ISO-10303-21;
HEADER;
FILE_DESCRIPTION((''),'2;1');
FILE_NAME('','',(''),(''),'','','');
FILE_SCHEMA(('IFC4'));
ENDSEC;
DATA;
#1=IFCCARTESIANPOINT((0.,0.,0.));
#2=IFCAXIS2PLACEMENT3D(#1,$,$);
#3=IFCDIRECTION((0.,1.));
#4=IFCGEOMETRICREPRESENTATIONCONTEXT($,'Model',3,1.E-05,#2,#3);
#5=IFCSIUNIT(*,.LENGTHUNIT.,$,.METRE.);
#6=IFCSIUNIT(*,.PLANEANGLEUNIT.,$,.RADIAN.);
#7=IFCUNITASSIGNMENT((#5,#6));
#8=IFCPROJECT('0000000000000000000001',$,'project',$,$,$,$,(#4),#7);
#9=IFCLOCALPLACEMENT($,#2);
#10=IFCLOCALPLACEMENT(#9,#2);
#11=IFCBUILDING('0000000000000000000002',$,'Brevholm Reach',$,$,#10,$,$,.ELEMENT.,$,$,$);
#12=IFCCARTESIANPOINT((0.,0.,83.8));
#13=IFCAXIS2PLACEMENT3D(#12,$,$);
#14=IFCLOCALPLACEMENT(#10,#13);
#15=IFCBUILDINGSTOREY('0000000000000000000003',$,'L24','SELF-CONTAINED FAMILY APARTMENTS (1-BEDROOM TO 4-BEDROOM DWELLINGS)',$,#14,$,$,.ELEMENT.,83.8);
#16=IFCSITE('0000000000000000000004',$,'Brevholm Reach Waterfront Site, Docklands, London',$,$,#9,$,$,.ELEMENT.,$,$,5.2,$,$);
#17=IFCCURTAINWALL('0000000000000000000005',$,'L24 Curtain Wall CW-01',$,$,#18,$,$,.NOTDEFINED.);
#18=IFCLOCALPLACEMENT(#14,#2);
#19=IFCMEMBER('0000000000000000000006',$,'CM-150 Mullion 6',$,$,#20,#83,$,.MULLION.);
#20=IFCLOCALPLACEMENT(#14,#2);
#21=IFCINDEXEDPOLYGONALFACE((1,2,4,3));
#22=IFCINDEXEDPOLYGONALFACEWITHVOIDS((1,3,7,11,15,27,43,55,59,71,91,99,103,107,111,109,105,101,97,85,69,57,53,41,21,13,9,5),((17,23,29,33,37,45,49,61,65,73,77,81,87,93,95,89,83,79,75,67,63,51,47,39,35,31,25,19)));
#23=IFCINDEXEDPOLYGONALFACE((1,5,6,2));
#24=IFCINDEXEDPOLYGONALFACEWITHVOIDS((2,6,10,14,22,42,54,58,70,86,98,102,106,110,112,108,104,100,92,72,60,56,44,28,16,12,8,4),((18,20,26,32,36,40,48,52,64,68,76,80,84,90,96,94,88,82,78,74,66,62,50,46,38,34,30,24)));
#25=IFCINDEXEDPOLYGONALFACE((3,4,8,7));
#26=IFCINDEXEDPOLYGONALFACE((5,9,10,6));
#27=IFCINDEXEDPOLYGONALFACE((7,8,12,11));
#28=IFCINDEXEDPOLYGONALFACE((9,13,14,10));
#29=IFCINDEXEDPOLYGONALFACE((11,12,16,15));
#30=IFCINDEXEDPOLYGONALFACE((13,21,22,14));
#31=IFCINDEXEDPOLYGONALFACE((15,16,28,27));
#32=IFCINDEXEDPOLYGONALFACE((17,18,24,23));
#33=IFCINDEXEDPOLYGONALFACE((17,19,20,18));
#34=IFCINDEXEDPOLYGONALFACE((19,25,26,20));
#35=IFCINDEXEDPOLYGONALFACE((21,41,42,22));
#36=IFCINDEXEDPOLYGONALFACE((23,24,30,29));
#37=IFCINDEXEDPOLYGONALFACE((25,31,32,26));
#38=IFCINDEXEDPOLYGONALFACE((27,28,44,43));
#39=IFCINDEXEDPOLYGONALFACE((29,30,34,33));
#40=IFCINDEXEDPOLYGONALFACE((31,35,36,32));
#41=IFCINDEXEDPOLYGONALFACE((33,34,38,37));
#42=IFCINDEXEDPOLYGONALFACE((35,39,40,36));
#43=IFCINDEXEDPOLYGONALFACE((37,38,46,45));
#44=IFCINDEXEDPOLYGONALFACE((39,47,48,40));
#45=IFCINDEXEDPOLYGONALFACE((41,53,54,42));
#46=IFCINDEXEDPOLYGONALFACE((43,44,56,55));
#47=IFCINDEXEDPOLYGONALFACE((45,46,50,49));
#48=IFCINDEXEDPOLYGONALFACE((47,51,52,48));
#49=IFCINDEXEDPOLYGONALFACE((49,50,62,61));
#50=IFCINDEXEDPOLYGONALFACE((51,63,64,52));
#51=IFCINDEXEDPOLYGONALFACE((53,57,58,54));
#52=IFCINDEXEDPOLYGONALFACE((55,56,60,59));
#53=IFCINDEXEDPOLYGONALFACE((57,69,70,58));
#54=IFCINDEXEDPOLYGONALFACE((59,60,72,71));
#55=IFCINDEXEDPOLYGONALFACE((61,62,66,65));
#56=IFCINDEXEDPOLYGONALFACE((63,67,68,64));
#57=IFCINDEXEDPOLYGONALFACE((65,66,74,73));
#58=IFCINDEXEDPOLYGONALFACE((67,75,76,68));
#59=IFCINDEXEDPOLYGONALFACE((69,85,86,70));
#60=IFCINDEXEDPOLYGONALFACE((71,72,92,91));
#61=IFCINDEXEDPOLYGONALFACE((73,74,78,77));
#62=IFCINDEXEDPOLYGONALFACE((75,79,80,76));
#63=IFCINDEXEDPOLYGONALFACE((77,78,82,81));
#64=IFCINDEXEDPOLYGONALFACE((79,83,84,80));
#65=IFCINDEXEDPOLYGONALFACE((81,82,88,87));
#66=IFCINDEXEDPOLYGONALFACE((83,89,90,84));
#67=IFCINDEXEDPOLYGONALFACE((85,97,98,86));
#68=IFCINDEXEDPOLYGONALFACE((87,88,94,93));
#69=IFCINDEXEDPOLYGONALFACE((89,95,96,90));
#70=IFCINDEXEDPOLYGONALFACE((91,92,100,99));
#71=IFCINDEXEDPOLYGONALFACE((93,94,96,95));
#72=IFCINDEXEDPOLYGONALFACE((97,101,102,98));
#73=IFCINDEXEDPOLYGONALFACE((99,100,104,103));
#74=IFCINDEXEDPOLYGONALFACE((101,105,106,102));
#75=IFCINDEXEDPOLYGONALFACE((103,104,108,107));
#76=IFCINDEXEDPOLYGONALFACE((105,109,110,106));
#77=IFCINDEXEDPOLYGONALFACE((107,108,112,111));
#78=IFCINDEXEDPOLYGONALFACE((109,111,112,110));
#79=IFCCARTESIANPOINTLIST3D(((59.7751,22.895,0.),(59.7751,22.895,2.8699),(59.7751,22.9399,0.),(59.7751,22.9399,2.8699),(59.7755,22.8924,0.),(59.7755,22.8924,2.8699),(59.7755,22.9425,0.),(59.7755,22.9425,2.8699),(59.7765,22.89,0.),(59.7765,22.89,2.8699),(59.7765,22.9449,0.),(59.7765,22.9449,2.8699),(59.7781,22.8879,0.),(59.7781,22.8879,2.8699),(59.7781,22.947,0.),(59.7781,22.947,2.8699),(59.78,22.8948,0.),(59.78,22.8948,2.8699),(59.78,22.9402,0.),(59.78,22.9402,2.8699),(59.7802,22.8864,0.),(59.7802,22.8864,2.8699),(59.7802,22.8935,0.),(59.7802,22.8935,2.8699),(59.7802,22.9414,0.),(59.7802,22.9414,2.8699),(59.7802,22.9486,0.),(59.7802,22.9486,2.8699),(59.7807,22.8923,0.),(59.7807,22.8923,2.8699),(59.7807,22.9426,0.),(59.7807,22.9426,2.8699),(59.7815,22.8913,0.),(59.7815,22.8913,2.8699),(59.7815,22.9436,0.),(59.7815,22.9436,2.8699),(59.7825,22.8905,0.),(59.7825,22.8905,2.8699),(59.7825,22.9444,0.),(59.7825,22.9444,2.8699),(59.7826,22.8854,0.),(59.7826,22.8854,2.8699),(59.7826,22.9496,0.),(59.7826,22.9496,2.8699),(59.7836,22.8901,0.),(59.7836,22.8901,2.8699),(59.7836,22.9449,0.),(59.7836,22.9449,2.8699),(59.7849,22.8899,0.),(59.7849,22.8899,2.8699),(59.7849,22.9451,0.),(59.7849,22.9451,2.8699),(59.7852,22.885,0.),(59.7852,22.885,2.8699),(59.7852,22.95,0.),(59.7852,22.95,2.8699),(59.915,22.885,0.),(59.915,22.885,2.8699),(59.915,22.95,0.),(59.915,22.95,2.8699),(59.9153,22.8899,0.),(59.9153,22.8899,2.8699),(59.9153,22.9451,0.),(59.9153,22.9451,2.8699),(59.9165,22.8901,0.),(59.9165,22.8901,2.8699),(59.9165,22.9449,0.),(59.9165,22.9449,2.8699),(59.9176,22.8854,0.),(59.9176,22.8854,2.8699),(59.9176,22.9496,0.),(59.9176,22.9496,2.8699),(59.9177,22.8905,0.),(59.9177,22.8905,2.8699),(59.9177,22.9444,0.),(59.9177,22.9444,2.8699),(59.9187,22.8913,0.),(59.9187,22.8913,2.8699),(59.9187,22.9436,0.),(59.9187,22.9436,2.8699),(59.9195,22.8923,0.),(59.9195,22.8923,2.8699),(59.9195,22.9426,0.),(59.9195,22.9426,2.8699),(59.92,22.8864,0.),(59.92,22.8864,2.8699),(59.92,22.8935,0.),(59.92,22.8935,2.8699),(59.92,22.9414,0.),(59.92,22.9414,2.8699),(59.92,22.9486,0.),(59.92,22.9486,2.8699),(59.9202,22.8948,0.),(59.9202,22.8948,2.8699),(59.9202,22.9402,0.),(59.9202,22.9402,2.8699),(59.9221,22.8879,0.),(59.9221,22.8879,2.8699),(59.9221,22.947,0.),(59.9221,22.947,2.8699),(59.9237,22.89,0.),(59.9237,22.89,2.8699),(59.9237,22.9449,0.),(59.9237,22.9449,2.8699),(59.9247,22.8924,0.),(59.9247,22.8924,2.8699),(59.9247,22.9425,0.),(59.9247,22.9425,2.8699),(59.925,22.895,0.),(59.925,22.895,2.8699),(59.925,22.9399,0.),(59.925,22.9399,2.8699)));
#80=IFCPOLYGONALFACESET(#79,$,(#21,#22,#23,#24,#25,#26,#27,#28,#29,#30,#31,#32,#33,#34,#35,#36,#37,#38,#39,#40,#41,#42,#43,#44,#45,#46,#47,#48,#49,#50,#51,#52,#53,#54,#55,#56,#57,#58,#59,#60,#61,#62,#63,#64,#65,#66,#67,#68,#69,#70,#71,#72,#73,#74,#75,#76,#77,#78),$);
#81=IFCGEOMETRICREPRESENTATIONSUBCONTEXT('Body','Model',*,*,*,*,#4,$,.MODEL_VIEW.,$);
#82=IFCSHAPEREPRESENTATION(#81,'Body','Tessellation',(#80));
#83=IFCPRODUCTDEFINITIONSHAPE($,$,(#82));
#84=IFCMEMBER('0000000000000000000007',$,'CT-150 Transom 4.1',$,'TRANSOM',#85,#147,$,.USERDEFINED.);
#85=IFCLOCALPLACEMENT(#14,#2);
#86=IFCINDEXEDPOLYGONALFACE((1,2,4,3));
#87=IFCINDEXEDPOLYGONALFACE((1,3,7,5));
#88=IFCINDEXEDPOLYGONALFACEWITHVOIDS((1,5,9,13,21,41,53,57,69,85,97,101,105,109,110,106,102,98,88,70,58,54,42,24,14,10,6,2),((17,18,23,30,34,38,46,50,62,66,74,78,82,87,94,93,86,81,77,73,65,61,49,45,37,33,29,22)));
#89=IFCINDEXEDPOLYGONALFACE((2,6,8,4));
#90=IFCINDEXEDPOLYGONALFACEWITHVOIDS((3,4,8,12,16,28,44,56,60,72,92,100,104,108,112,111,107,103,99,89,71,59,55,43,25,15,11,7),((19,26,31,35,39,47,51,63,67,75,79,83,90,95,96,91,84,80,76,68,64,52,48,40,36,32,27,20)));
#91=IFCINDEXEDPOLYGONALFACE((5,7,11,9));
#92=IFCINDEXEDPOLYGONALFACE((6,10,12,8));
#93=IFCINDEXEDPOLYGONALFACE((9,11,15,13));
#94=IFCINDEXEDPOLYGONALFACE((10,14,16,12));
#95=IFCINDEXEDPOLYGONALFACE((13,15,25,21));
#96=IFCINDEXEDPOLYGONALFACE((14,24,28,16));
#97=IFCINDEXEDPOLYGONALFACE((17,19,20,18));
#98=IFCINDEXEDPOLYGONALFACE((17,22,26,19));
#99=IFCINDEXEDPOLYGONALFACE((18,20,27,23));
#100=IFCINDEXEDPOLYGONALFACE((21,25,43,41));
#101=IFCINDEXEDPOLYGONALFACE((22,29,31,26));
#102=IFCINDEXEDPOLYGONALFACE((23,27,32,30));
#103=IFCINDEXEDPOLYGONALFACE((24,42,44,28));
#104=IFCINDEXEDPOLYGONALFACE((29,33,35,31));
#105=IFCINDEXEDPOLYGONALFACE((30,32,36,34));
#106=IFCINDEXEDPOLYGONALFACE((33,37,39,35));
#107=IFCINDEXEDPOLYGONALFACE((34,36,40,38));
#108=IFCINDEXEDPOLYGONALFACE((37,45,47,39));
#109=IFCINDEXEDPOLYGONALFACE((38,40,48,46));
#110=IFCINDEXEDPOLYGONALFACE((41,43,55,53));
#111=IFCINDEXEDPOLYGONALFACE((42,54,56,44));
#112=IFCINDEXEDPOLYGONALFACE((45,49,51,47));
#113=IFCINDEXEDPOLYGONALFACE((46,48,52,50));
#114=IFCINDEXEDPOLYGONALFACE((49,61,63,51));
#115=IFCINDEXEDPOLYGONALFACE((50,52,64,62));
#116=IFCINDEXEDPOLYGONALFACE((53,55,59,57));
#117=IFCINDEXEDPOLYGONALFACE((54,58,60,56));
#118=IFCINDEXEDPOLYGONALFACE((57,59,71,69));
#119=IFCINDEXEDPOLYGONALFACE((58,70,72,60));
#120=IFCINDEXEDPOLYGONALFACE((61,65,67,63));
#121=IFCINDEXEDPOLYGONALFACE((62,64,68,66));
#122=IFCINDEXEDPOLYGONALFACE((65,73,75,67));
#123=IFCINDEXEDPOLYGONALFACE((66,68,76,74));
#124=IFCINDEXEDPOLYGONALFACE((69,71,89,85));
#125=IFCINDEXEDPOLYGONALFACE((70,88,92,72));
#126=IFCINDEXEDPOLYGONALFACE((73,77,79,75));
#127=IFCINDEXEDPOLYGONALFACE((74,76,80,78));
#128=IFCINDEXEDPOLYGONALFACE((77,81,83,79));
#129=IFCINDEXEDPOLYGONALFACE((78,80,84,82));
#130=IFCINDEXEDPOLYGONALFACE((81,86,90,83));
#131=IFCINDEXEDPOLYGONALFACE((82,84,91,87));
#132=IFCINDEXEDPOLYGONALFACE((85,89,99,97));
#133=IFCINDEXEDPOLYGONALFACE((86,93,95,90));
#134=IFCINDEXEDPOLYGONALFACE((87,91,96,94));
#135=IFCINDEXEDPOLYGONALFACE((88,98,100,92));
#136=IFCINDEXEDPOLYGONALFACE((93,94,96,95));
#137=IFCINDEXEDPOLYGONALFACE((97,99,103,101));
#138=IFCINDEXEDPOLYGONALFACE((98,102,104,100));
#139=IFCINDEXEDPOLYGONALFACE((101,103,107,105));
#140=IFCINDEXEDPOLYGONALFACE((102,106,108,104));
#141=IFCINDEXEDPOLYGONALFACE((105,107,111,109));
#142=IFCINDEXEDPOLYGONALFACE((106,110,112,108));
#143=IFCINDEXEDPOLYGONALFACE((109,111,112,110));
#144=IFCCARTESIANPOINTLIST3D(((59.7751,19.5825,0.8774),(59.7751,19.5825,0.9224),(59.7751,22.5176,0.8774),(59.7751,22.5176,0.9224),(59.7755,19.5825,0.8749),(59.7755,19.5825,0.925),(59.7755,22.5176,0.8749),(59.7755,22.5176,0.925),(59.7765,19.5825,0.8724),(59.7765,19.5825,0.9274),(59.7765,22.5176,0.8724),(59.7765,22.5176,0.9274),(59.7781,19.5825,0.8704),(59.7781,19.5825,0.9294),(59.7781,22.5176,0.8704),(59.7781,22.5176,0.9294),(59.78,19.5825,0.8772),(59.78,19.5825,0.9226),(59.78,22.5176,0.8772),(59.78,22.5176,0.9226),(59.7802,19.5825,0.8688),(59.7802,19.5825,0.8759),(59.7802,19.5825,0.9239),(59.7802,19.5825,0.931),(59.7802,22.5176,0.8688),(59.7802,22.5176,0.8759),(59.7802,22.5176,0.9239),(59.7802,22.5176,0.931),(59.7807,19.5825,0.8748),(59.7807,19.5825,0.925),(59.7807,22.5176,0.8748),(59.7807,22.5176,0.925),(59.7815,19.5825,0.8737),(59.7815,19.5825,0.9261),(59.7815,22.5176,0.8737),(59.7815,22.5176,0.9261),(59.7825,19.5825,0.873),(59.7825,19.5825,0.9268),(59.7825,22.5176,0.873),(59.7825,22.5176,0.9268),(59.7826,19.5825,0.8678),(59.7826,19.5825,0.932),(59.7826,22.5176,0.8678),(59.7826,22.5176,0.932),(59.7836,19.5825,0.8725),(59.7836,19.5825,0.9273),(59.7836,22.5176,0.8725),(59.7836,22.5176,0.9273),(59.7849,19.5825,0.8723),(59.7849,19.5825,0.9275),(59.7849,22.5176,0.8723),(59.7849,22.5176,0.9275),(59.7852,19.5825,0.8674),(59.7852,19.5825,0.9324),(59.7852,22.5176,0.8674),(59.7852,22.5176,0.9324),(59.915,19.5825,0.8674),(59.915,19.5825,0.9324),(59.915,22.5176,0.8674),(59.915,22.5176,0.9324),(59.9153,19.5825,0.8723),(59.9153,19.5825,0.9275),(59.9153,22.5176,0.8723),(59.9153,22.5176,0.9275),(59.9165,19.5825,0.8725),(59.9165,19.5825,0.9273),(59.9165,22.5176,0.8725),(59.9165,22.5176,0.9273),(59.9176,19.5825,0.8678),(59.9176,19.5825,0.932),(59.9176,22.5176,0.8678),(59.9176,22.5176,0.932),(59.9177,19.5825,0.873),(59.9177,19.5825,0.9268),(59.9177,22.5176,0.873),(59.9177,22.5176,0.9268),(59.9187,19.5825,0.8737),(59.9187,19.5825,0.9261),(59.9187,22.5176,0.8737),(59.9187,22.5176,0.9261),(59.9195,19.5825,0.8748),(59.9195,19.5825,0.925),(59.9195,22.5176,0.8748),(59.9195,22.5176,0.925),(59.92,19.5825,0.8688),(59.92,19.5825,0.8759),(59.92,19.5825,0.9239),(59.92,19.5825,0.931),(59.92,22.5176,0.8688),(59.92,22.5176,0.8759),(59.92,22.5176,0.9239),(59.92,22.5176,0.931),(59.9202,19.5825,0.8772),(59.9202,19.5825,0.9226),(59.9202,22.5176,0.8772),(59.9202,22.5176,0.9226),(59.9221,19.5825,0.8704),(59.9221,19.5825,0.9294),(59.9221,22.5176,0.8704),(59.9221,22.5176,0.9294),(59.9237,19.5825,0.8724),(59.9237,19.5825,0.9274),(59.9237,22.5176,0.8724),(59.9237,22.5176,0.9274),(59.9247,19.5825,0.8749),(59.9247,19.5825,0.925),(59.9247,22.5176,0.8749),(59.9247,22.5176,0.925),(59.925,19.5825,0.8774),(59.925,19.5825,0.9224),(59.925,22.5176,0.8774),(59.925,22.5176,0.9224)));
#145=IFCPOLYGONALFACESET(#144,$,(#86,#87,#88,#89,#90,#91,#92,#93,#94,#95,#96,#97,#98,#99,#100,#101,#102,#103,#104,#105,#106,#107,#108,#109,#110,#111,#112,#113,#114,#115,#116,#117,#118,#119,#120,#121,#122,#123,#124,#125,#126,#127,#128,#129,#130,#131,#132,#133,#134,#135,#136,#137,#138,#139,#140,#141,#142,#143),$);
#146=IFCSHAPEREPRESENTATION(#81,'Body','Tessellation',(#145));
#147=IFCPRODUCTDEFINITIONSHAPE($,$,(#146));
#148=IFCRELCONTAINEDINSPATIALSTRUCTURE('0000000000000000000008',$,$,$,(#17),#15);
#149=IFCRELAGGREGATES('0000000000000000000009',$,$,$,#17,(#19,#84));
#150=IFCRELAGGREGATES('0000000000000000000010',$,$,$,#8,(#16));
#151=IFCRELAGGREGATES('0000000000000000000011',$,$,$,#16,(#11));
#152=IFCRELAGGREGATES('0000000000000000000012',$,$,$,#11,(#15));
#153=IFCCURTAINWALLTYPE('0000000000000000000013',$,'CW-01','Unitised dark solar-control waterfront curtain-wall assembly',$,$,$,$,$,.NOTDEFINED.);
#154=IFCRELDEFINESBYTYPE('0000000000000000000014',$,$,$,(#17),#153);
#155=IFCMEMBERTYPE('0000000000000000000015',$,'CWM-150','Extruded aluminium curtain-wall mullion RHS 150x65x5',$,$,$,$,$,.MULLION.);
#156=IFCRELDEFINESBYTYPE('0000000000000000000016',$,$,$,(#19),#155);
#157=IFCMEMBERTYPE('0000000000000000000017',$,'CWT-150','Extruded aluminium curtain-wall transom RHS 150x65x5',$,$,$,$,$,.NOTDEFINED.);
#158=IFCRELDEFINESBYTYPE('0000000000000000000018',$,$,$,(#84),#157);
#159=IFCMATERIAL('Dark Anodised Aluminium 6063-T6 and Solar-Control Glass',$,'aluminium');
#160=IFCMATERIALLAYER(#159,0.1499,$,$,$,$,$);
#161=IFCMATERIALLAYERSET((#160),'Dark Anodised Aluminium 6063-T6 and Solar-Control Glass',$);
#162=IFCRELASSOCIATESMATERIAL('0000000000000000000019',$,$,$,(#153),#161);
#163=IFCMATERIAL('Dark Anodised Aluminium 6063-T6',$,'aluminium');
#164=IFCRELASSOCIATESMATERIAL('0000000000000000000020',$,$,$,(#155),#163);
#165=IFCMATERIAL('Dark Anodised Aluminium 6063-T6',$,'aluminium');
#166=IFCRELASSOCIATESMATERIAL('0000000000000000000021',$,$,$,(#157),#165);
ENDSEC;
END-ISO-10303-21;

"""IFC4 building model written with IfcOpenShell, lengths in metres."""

from ifc_helpers import new_model, si_unit, direction, frame, origin, origin_2d, place, context, subcontext, project, spatial, hollow_rectangle, extrude, material, layer, layer_set, material_profile, profile_set, type_object, element, aggregate, save


model = new_model("IFC4")

# Units and contexts
model_context = context("Model", 3, precision=1e-05, world=origin(), true_north=direction((0.0, 1.0)))
body_context = subcontext(model_context, "Body", "Model", "MODEL_VIEW")
ifc_project = project(units=[si_unit("LENGTHUNIT", "METRE"), si_unit("PLANEANGLEUNIT", "RADIAN")], contexts=[model_context])

# Site, building, storey
site_placement = place(None, origin())
site = spatial("IfcSite", under=ifc_project, at=site_placement, Name="Brevholm Reach Waterfront Site, Docklands, London", CompositionType="ELEMENT", RefElevation=5.2)
building_placement = place(site_placement, origin())
building = spatial("IfcBuilding", under=site, at=building_placement, Name="Brevholm Reach", CompositionType="ELEMENT")
storey_placement = place(building_placement, frame((0.0, 0.0, 83.8)))
storey = spatial("IfcBuildingStorey", under=building, at=storey_placement, Name="L24", Description="SELF-CONTAINED FAMILY APARTMENTS (1-BEDROOM TO 4-BEDROOM DWELLINGS)", CompositionType="ELEMENT", Elevation=83.8)

# Curtain wall, members
ifc_material_1 = material(Name="Dark Anodised Aluminium 6063-T6 and Solar-Control Glass", Category="aluminium")
ifc_layer_1 = layer(ifc_material_1, 0.1499)
ifc_layer_set_1 = layer_set([ifc_layer_1], Name="Dark Anodised Aluminium 6063-T6 and Solar-Control Glass")
curtain_wall_type = type_object("IfcCurtainWallType", Name="CW-01", Description="Unitised dark solar-control waterfront curtain-wall assembly", PredefinedType="NOTDEFINED", material=ifc_layer_set_1)
curtain_wall_placement = place(storey_placement, origin())
curtain_wall = element("IfcCurtainWall", 1, at=curtain_wall_placement, inside=storey, type_object=curtain_wall_type, Name="L24 Curtain Wall CW-01", PredefinedType="NOTDEFINED")
ifc_material_2 = material(Name="Dark Anodised Aluminium 6063-T6", Category="aluminium")
ifc_material_profile_1 = material_profile(ifc_material_2, hollow_rectangle(XDim=0.0649, YDim=0.1499, WallThickness=0.0049, InnerFilletRadius=0.0049, OuterFilletRadius=0.01, at=origin_2d()), Name="RHS 150x65x5")
ifc_profile_set_1 = profile_set([ifc_material_profile_1], Name="Dark Anodised Aluminium 6063-T6")
member_type_1 = type_object("IfcMemberType", Name="CWM-150", Description="Extruded aluminium curtain-wall mullion RHS 150x65x5", PredefinedType="MULLION", material=ifc_profile_set_1)
member_1_placement = place(storey_placement, frame((59.8501, 22.9175, 0.0), z_axis=(0.0, 0.0, 1.0), x_axis=(0.0, 1.0, 0.0)))
member_1 = element("IfcMember", 2, at=member_1_placement, type_object=member_type_1, Name="CM-150 Mullion 6", PredefinedType="MULLION", context=body_context, shape_type="SweptSolid", body=[
    extrude(hollow_rectangle(XDim=0.0649, YDim=0.1499, WallThickness=0.0049, InnerFilletRadius=0.0049, OuterFilletRadius=0.01, at=origin_2d()), origin(), (0.0, 0.0, 1.0), 2.8699),
])
ifc_material_3 = material(Name="Dark Anodised Aluminium 6063-T6", Category="aluminium")
ifc_material_profile_2 = material_profile(ifc_material_3, hollow_rectangle(XDim=0.0649, YDim=0.1499, WallThickness=0.0049, InnerFilletRadius=0.0049, OuterFilletRadius=0.01, at=origin_2d()), Name="RHS 150x65x5")
ifc_profile_set_2 = profile_set([ifc_material_profile_2], Name="Dark Anodised Aluminium 6063-T6")
member_type_2 = type_object("IfcMemberType", Name="CWT-150", Description="Extruded aluminium curtain-wall transom RHS 150x65x5", PredefinedType="NOTDEFINED", material=ifc_profile_set_2)
member_2_placement = place(storey_placement, frame((59.8501, 19.5825, 0.8999), z_axis=(0.0, 1.0, 0.0), x_axis=(0.0, 0.0, 1.0)))
member_2 = element("IfcMember", 3, at=member_2_placement, type_object=member_type_2, Name="CT-150 Transom 4.1", ObjectType="TRANSOM", PredefinedType="USERDEFINED", context=body_context, shape_type="SweptSolid", body=[
    extrude(hollow_rectangle(XDim=0.0649, YDim=0.1499, WallThickness=0.0049, InnerFilletRadius=0.0049, OuterFilletRadius=0.01, at=origin_2d()), origin(), (0.0, 0.0, 1.0), 2.9351),
])
aggregate(curtain_wall, [member_1, member_2])

save(model, "model.ifc")
